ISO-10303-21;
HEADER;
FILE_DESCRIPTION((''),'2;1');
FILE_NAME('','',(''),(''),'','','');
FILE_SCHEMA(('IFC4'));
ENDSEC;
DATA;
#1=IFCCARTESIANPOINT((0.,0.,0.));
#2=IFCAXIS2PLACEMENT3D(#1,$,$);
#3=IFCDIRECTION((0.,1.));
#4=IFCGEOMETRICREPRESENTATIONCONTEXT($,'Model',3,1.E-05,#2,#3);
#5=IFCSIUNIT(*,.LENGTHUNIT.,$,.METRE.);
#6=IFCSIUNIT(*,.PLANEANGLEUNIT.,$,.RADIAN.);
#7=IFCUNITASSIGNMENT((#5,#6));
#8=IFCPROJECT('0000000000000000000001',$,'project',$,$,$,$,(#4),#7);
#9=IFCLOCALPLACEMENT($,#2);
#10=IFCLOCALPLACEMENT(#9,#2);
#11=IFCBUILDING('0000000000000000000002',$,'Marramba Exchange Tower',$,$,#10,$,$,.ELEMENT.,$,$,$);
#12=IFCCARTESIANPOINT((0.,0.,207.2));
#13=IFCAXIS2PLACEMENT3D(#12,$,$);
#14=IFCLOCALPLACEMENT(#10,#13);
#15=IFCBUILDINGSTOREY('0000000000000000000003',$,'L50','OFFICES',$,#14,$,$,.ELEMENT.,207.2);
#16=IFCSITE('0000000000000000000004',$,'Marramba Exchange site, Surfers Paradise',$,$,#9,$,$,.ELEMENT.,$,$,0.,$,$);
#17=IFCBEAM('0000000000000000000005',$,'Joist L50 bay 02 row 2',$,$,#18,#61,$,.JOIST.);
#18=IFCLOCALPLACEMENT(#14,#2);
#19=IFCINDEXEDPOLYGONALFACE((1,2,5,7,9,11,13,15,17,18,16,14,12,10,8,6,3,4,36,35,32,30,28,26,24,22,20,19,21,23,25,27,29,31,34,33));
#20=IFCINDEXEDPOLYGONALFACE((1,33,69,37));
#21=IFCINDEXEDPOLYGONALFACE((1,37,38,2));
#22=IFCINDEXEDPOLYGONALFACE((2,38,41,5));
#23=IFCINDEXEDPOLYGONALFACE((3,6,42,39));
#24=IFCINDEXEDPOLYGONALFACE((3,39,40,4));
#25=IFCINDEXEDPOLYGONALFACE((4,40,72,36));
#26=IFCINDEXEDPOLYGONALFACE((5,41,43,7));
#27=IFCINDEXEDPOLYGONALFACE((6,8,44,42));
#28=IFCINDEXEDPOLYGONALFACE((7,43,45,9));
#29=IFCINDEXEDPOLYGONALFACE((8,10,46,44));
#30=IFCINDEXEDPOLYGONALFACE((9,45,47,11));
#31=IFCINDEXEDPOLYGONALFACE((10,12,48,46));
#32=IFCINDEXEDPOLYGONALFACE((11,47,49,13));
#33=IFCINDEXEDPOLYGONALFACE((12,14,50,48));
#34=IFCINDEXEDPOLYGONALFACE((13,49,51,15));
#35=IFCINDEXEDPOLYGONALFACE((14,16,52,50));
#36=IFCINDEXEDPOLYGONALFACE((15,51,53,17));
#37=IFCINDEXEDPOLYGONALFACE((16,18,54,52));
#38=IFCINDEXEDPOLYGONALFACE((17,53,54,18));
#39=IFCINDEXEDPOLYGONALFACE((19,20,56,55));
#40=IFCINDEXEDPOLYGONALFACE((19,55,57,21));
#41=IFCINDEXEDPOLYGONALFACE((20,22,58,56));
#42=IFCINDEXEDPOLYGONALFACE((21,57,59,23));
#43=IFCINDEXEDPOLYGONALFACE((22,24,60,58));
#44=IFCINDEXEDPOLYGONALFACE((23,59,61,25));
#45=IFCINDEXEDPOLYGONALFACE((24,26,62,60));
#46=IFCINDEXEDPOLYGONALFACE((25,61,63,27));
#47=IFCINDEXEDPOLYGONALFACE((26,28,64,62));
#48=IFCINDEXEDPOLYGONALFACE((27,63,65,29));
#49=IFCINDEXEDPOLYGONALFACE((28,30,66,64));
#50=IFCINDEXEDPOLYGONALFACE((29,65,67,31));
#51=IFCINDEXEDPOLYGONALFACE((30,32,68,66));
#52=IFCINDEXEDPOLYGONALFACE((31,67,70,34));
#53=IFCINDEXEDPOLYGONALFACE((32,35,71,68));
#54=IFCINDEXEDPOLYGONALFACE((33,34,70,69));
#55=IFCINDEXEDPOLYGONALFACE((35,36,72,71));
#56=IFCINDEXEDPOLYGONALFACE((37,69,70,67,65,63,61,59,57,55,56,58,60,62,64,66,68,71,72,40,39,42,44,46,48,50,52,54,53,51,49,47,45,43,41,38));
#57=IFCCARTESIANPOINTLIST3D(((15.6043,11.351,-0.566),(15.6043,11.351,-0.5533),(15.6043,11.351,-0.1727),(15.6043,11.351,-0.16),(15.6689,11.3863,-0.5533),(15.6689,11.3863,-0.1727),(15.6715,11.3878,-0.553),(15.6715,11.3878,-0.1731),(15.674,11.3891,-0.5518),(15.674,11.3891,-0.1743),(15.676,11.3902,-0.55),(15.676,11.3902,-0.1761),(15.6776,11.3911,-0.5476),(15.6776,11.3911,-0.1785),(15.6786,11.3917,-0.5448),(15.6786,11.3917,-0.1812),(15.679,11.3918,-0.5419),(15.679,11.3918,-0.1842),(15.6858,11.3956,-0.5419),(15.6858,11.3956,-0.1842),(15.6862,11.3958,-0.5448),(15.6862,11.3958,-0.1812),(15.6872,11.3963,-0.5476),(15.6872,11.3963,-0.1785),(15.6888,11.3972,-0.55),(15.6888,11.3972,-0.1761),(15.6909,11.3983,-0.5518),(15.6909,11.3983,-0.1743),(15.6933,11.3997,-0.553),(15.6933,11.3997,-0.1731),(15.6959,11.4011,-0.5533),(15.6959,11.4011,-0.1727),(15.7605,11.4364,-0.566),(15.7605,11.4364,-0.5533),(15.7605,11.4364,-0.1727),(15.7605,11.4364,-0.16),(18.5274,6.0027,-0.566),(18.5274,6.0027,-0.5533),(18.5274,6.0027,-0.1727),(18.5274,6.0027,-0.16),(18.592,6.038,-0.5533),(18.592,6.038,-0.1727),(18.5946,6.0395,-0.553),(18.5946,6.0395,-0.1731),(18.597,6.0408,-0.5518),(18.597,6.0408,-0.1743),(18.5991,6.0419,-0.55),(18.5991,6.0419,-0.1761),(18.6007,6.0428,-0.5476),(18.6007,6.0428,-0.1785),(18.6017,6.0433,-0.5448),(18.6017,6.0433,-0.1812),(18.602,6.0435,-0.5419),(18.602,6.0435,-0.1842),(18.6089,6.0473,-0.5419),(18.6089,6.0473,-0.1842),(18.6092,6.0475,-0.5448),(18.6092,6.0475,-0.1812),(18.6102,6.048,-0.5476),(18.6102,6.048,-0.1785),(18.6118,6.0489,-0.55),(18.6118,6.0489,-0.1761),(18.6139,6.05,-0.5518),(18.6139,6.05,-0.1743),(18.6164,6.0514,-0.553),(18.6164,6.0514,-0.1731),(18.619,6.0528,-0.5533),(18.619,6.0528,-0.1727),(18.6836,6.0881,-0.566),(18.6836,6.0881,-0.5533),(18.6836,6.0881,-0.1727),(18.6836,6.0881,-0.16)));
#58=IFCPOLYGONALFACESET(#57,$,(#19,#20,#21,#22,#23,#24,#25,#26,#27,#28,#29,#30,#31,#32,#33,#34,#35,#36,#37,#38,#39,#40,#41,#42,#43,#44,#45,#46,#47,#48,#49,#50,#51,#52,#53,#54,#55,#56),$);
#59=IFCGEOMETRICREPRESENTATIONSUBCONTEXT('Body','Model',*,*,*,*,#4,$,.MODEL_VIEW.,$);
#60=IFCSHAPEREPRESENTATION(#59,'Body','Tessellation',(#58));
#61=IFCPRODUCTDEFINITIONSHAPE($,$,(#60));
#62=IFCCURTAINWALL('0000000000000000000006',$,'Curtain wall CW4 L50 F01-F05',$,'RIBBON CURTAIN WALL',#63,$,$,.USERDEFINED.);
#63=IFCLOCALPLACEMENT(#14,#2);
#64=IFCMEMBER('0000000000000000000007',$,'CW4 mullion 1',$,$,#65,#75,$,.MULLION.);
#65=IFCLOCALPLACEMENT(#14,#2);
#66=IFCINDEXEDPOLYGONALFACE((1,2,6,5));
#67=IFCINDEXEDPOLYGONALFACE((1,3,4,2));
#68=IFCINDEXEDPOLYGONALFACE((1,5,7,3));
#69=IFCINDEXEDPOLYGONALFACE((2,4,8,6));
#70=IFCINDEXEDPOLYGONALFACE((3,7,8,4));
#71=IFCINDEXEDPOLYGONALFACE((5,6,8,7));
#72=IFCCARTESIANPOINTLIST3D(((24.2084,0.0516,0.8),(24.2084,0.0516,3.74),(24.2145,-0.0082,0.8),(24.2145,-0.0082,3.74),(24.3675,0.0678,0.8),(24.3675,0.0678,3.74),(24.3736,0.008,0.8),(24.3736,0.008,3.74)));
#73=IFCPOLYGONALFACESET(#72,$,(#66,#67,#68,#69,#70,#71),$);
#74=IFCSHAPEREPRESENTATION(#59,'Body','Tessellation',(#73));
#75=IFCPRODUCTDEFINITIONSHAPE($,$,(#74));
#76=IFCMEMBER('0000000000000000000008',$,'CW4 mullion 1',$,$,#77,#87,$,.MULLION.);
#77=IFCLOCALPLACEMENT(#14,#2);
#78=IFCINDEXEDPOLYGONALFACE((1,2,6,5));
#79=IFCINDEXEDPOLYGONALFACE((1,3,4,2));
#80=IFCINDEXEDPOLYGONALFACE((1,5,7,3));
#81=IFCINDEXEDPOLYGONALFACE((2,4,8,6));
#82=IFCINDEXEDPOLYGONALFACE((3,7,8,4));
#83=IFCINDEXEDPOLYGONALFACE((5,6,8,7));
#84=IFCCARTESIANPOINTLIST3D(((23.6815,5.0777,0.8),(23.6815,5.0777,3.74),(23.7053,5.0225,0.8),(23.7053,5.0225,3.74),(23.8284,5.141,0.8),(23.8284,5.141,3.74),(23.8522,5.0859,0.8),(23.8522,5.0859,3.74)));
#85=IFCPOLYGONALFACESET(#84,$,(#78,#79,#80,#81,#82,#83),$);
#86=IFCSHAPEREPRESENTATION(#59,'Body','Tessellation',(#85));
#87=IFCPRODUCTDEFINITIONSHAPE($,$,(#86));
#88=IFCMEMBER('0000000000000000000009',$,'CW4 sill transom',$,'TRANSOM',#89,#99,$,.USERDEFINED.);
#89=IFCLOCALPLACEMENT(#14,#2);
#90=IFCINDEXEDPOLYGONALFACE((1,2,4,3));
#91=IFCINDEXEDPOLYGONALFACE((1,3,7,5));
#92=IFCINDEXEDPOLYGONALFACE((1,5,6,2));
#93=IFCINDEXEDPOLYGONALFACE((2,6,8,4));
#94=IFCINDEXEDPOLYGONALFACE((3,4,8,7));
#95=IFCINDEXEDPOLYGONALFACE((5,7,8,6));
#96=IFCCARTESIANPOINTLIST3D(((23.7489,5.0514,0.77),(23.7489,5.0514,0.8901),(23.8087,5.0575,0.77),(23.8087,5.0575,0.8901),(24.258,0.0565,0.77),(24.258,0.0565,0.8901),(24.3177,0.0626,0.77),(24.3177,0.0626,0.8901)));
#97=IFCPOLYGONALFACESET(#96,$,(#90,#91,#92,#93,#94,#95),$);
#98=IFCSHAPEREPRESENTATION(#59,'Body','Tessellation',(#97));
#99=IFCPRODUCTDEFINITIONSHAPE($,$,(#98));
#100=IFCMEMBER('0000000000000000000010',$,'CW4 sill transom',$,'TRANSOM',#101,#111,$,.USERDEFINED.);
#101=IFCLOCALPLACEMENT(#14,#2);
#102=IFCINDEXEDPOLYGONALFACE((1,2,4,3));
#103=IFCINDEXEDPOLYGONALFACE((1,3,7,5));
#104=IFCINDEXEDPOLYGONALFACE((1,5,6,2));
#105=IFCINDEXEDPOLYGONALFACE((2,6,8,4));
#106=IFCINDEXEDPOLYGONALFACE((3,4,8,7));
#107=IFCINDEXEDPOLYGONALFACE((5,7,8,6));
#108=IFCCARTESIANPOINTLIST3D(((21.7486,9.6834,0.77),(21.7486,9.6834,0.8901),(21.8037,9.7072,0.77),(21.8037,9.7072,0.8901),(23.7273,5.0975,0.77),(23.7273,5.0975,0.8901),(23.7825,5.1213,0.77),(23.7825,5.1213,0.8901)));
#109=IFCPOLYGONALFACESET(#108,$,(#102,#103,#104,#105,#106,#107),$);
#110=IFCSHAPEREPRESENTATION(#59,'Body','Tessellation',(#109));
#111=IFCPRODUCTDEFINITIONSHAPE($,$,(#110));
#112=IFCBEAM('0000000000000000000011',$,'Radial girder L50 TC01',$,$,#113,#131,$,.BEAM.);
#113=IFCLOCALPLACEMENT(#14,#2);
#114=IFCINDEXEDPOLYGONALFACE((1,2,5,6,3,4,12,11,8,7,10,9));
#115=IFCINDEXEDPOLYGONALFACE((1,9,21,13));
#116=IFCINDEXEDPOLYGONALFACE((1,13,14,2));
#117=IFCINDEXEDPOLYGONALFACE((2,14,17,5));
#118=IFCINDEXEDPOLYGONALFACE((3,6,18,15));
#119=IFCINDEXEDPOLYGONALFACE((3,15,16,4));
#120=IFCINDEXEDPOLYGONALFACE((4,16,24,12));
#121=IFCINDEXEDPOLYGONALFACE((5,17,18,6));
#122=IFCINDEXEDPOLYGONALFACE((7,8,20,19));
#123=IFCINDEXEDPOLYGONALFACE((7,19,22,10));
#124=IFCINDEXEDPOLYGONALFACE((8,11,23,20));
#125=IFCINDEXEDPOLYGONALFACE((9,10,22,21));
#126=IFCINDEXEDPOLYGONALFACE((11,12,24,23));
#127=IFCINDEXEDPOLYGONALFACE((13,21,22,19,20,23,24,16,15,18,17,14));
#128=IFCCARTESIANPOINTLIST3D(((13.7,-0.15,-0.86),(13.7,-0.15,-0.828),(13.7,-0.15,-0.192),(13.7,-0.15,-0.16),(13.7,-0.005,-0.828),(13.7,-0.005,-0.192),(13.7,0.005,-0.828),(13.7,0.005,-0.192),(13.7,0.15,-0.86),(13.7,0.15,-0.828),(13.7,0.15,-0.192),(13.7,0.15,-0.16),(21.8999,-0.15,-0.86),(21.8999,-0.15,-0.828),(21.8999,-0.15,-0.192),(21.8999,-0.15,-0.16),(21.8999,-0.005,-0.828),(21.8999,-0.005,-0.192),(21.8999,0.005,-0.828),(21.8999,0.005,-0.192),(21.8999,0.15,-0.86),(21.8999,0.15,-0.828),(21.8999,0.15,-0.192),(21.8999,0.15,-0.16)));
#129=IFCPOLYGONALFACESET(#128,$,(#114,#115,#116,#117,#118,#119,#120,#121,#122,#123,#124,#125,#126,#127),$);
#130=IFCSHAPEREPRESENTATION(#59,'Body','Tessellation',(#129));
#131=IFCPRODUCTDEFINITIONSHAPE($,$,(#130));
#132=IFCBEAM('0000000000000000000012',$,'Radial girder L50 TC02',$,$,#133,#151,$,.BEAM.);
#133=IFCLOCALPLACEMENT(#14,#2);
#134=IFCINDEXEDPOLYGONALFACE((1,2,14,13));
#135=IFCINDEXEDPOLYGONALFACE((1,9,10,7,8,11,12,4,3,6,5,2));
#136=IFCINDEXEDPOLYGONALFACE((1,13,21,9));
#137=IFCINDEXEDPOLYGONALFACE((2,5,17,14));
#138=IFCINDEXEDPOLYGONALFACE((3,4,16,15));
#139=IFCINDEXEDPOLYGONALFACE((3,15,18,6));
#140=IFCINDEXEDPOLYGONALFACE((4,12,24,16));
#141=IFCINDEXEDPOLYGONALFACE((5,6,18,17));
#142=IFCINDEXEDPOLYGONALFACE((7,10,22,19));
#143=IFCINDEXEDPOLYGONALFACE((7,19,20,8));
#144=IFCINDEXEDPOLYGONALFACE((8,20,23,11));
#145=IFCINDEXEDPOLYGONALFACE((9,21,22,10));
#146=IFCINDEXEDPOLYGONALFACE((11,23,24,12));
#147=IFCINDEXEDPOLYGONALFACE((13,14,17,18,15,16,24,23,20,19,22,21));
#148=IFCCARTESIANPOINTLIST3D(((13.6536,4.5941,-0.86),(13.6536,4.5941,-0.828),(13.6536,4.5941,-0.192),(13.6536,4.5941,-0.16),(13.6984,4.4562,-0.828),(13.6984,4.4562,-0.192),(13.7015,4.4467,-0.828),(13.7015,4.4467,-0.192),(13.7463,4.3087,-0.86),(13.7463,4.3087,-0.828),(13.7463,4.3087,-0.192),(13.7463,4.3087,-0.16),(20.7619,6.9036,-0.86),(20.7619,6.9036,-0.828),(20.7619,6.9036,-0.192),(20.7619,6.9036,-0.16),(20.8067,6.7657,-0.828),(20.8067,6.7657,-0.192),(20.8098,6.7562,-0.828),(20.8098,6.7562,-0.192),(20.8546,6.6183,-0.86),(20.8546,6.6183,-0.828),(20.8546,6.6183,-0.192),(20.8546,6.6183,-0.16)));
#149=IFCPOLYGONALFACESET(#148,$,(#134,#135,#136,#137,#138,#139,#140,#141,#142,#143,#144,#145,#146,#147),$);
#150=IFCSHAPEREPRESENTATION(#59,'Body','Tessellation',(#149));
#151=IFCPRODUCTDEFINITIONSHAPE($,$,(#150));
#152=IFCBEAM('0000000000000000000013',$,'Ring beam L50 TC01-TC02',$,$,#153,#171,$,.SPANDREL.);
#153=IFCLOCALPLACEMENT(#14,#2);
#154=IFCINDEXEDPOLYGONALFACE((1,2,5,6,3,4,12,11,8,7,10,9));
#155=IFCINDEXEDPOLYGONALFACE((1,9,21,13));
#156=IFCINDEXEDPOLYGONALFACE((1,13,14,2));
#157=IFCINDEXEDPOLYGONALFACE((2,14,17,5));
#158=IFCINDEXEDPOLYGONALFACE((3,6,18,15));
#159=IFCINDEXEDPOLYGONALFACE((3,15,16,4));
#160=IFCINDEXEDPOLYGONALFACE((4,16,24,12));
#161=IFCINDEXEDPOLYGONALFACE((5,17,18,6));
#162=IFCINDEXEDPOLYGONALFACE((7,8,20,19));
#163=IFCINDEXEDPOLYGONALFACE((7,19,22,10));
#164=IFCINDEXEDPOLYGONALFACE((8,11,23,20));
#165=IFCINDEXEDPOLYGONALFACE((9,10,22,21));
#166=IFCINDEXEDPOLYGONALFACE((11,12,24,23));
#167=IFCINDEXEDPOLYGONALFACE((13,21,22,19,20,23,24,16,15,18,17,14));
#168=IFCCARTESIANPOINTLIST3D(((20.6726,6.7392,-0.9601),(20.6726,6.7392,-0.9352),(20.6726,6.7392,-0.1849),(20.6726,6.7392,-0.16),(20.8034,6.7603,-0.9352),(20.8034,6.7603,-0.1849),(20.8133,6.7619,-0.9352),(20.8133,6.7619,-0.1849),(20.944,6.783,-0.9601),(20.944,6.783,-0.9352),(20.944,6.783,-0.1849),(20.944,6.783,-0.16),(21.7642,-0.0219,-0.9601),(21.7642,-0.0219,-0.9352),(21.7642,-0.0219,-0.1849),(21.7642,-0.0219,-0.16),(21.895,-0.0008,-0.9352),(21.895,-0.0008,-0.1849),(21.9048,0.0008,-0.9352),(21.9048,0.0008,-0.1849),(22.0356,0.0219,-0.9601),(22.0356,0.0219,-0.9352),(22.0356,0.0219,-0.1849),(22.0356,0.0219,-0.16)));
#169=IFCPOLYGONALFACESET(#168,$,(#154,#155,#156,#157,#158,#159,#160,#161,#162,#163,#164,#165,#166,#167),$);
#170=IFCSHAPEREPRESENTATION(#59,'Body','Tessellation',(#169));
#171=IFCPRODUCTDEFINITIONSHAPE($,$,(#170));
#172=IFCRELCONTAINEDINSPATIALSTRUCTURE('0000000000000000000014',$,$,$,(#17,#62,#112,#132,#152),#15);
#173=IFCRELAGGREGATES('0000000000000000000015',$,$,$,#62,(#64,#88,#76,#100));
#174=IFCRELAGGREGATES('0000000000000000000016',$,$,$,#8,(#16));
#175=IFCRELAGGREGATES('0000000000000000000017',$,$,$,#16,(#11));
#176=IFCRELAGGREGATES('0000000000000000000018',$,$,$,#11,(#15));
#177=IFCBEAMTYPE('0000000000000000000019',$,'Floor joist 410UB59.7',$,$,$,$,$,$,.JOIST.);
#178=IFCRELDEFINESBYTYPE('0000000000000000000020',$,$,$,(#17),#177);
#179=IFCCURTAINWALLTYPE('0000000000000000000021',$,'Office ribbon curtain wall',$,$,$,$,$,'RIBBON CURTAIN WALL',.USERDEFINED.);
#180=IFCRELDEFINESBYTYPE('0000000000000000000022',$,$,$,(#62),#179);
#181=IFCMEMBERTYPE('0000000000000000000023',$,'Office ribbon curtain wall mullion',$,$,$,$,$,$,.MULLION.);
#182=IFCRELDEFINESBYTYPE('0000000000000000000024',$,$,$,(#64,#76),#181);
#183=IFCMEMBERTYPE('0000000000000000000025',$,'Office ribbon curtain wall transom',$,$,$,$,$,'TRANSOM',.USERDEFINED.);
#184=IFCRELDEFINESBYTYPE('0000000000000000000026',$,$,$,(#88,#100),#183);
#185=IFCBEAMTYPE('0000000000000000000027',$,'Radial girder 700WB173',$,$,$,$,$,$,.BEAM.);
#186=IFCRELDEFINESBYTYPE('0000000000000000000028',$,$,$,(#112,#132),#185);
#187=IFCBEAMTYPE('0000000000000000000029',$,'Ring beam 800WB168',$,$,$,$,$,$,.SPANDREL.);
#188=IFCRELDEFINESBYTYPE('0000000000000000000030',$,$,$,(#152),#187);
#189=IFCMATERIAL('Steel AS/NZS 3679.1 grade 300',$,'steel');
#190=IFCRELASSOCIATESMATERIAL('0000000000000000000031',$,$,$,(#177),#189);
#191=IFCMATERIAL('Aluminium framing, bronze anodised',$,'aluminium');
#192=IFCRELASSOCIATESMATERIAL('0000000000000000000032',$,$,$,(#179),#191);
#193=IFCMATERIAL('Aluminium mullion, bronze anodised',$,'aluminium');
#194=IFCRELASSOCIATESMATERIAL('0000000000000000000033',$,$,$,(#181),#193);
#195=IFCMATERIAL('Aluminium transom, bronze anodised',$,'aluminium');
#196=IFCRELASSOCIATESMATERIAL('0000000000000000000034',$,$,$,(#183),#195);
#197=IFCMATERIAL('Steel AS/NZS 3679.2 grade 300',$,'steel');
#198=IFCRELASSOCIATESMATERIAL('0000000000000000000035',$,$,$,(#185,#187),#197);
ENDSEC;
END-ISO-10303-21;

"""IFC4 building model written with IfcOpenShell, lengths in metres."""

from ifc_helpers import new_model, si_unit, direction, frame, origin, origin_2d, place, context, subcontext, project, spatial, rectangle, i_section, extrude, material, material_profile, profile_set, type_object, element, aggregate, save


model = new_model("IFC4")

# Units and contexts
model_context = context("Model", 3, precision=1e-05, world=origin(), true_north=direction((0.0, 1.0)))
body_context = subcontext(model_context, "Body", "Model", "MODEL_VIEW")
ifc_project = project(units=[si_unit("LENGTHUNIT", "METRE"), si_unit("PLANEANGLEUNIT", "RADIAN")], contexts=[model_context])

# Site, building, storey
site_placement = place(None, origin())
site = spatial("IfcSite", under=ifc_project, at=site_placement, Name="Marramba Exchange site, Surfers Paradise", CompositionType="ELEMENT", RefElevation=0.0)
building_placement = place(site_placement, origin())
building = spatial("IfcBuilding", under=site, at=building_placement, Name="Marramba Exchange Tower", CompositionType="ELEMENT")
storey_placement = place(building_placement, frame((0.0, 0.0, 207.2)))
storey = spatial("IfcBuildingStorey", under=building, at=storey_placement, Name="L50", Description="OFFICES", CompositionType="ELEMENT", Elevation=207.2)

# Beam
ifc_material_1 = material(Name="Steel AS/NZS 3679.2 grade 300", Category="steel")
ifc_material_2 = material(Name="Steel AS/NZS 3679.1 grade 300", Category="steel")
ifc_material_profile_1 = material_profile(ifc_material_2, i_section(OverallWidth=0.178, OverallDepth=0.406, WebThickness=0.0078, FlangeThickness=0.0127, FilletRadius=0.0115, at=origin_2d()), Name="410UB59.7")
ifc_profile_set_1 = profile_set([ifc_material_profile_1], Name="Steel AS/NZS 3679.1 grade 300")
beam_type_1 = type_object("IfcBeamType", Name="Floor joist 410UB59.7", PredefinedType="JOIST", material=ifc_profile_set_1)
beam_1_placement = place(storey_placement, frame((18.6055, 6.0454, -0.363), z_axis=(-0.479584, 0.877496, 0.0), x_axis=(-0.877496, -0.479584, 0.0)))
element("IfcBeam", 1, at=beam_1_placement, inside=storey, type_object=beam_type_1, Name="Joist L50 bay 02 row 2", PredefinedType="JOIST", context=body_context, shape_type="SweptSolid", body=[
    extrude(i_section(OverallWidth=0.178, OverallDepth=0.406, WebThickness=0.0078, FlangeThickness=0.0127, FilletRadius=0.0115, at=origin_2d()), origin(), (0.0, 0.0, 1.0), 6.095),
])

# Curtain wall, members
ifc_material_3 = material(Name="Aluminium framing, bronze anodised", Category="aluminium")
curtain_wall_type = type_object("IfcCurtainWallType", Name="Office ribbon curtain wall", ElementType="RIBBON CURTAIN WALL", PredefinedType="USERDEFINED", material=ifc_material_3)
curtain_wall_placement = place(storey_placement, origin())
curtain_wall = element("IfcCurtainWall", 2, at=curtain_wall_placement, inside=storey, type_object=curtain_wall_type, Name="Curtain wall CW4 L50 F01-F05", ObjectType="RIBBON CURTAIN WALL", PredefinedType="USERDEFINED")
ifc_material_4 = material(Name="Aluminium mullion, bronze anodised", Category="aluminium")
ifc_material_profile_2 = material_profile(ifc_material_4, rectangle(XDim=0.1599, YDim=0.0601, at=origin_2d()), Name="CW4 mullion 60x160")
ifc_profile_set_2 = profile_set([ifc_material_profile_2], Name="Aluminium mullion, bronze anodised")
member_type_1 = type_object("IfcMemberType", Name="Office ribbon curtain wall mullion", PredefinedType="MULLION", material=ifc_profile_set_2)
member_1_placement = place(storey_placement, frame((24.291, 0.0298, 0.8), z_axis=(0.0, 0.0, 1.0), x_axis=(-0.994843, -0.101422, 0.0)))
member_1 = element("IfcMember", 3, at=member_1_placement, type_object=member_type_1, Name="CW4 mullion 1", PredefinedType="MULLION", context=body_context, shape_type="SweptSolid", body=[
    extrude(rectangle(XDim=0.1599, YDim=0.0601, at=origin_2d()), origin(), (0.0, 0.0, 1.0), 2.9399),
])
member_2_placement = place(storey_placement, frame((23.7668, 5.0818, 0.8), z_axis=(0.0, 0.0, 1.0), x_axis=(-0.918167, -0.396193, 0.0)))
member_2 = element("IfcMember", 4, at=member_2_placement, type_object=member_type_1, Name="CW4 mullion 1", PredefinedType="MULLION", context=body_context, shape_type="SweptSolid", body=[
    extrude(rectangle(XDim=0.1599, YDim=0.0601, at=origin_2d()), origin(), (0.0, 0.0, 1.0), 2.9399),
])
ifc_material_5 = material(Name="Aluminium transom, bronze anodised", Category="aluminium")
ifc_material_profile_3 = material_profile(ifc_material_5, rectangle(XDim=0.0601, YDim=0.1201, at=origin_2d()), Name="CW4 transom 60x120")
ifc_profile_set_3 = profile_set([ifc_material_profile_3], Name="Aluminium transom, bronze anodised")
member_type_2 = type_object("IfcMemberType", Name="Office ribbon curtain wall transom", ElementType="TRANSOM", PredefinedType="USERDEFINED", material=ifc_profile_set_3)
member_3_placement = place(storey_placement, frame((24.2878, 0.0596, 0.8301), z_axis=(-0.101386, 0.994847, 0.0), x_axis=(-0.994847, -0.101386, 0.0)))
member_3 = element("IfcMember", 5, at=member_3_placement, type_object=member_type_2, Name="CW4 sill transom", ObjectType="TRANSOM", PredefinedType="USERDEFINED", context=body_context, shape_type="SweptSolid", body=[
    extrude(rectangle(XDim=0.0601, YDim=0.1201, at=origin_2d()), origin(), (0.0, 0.0, 1.0), 5.0208),
])
member_4_placement = place(storey_placement, frame((23.7549, 5.1094, 0.8301), z_axis=(-0.396178, 0.918174, 0.0), x_axis=(-0.918174, -0.396178, 0.0)))
member_4 = element("IfcMember", 6, at=member_4_placement, type_object=member_type_2, Name="CW4 sill transom", ObjectType="TRANSOM", PredefinedType="USERDEFINED", context=body_context, shape_type="SweptSolid", body=[
    extrude(rectangle(XDim=0.0601, YDim=0.1201, at=origin_2d()), origin(), (0.0, 0.0, 1.0), 4.9946),
])

# Beams
ifc_material_profile_4 = material_profile(ifc_material_1, i_section(OverallWidth=0.3, OverallDepth=0.7, WebThickness=0.01, FlangeThickness=0.032, at=origin_2d()), Name="700WB173")
ifc_profile_set_4 = profile_set([ifc_material_profile_4], Name="Steel AS/NZS 3679.2 grade 300")
beam_type_2 = type_object("IfcBeamType", Name="Radial girder 700WB173", PredefinedType="BEAM", material=ifc_profile_set_4)
beam_2_placement = place(storey_placement, frame((13.7, 0.0, -0.51), z_axis=(1.0, 0.0, 0.0), x_axis=(0.0, 1.0, 0.0)))
element("IfcBeam", 7, at=beam_2_placement, inside=storey, type_object=beam_type_2, Name="Radial girder L50 TC01", PredefinedType="BEAM", context=body_context, shape_type="SweptSolid", body=[
    extrude(i_section(OverallWidth=0.3, OverallDepth=0.7, WebThickness=0.01, FlangeThickness=0.032, at=origin_2d()), origin(), (0.0, 0.0, 1.0), 8.2),
])
beam_3_placement = place(storey_placement, frame((13.7, 4.4514, -0.51), z_axis=(0.95106, 0.309006, 0.0), x_axis=(-0.309006, 0.95106, 0.0)))
element("IfcBeam", 8, at=beam_3_placement, inside=storey, type_object=beam_type_2, Name="Radial girder L50 TC02", PredefinedType="BEAM", context=body_context, shape_type="SweptSolid", body=[
    extrude(i_section(OverallWidth=0.3, OverallDepth=0.7, WebThickness=0.01, FlangeThickness=0.032, at=origin_2d()), origin(), (0.0, 0.0, 1.0), 7.4741),
])
ifc_material_profile_5 = material_profile(ifc_material_1, i_section(OverallWidth=0.2749, OverallDepth=0.8, WebThickness=0.01, FlangeThickness=0.0249, at=origin_2d()), Name="800WB168")
ifc_profile_set_5 = profile_set([ifc_material_profile_5], Name="Steel AS/NZS 3679.2 grade 300")
beam_type_3 = type_object("IfcBeamType", Name="Ring beam 800WB168", PredefinedType="SPANDREL", material=ifc_profile_set_5)
beam_4_placement = place(storey_placement, frame((21.8999, 0.0, -0.5601), z_axis=(-0.159385, 0.987217, 0.0), x_axis=(-0.987217, -0.159385, 0.0)))
element("IfcBeam", 9, at=beam_4_placement, inside=storey, type_object=beam_type_3, Name="Ring beam L50 TC01-TC02", PredefinedType="SPANDREL", context=body_context, shape_type="SweptSolid", body=[
    extrude(i_section(OverallWidth=0.2749, OverallDepth=0.8, WebThickness=0.01, FlangeThickness=0.0249, at=origin_2d()), origin(), (0.0, 0.0, 1.0), 6.8486),
])

aggregate(curtain_wall, [member_1, member_3, member_2, member_4])

save(model, "model.ifc")
